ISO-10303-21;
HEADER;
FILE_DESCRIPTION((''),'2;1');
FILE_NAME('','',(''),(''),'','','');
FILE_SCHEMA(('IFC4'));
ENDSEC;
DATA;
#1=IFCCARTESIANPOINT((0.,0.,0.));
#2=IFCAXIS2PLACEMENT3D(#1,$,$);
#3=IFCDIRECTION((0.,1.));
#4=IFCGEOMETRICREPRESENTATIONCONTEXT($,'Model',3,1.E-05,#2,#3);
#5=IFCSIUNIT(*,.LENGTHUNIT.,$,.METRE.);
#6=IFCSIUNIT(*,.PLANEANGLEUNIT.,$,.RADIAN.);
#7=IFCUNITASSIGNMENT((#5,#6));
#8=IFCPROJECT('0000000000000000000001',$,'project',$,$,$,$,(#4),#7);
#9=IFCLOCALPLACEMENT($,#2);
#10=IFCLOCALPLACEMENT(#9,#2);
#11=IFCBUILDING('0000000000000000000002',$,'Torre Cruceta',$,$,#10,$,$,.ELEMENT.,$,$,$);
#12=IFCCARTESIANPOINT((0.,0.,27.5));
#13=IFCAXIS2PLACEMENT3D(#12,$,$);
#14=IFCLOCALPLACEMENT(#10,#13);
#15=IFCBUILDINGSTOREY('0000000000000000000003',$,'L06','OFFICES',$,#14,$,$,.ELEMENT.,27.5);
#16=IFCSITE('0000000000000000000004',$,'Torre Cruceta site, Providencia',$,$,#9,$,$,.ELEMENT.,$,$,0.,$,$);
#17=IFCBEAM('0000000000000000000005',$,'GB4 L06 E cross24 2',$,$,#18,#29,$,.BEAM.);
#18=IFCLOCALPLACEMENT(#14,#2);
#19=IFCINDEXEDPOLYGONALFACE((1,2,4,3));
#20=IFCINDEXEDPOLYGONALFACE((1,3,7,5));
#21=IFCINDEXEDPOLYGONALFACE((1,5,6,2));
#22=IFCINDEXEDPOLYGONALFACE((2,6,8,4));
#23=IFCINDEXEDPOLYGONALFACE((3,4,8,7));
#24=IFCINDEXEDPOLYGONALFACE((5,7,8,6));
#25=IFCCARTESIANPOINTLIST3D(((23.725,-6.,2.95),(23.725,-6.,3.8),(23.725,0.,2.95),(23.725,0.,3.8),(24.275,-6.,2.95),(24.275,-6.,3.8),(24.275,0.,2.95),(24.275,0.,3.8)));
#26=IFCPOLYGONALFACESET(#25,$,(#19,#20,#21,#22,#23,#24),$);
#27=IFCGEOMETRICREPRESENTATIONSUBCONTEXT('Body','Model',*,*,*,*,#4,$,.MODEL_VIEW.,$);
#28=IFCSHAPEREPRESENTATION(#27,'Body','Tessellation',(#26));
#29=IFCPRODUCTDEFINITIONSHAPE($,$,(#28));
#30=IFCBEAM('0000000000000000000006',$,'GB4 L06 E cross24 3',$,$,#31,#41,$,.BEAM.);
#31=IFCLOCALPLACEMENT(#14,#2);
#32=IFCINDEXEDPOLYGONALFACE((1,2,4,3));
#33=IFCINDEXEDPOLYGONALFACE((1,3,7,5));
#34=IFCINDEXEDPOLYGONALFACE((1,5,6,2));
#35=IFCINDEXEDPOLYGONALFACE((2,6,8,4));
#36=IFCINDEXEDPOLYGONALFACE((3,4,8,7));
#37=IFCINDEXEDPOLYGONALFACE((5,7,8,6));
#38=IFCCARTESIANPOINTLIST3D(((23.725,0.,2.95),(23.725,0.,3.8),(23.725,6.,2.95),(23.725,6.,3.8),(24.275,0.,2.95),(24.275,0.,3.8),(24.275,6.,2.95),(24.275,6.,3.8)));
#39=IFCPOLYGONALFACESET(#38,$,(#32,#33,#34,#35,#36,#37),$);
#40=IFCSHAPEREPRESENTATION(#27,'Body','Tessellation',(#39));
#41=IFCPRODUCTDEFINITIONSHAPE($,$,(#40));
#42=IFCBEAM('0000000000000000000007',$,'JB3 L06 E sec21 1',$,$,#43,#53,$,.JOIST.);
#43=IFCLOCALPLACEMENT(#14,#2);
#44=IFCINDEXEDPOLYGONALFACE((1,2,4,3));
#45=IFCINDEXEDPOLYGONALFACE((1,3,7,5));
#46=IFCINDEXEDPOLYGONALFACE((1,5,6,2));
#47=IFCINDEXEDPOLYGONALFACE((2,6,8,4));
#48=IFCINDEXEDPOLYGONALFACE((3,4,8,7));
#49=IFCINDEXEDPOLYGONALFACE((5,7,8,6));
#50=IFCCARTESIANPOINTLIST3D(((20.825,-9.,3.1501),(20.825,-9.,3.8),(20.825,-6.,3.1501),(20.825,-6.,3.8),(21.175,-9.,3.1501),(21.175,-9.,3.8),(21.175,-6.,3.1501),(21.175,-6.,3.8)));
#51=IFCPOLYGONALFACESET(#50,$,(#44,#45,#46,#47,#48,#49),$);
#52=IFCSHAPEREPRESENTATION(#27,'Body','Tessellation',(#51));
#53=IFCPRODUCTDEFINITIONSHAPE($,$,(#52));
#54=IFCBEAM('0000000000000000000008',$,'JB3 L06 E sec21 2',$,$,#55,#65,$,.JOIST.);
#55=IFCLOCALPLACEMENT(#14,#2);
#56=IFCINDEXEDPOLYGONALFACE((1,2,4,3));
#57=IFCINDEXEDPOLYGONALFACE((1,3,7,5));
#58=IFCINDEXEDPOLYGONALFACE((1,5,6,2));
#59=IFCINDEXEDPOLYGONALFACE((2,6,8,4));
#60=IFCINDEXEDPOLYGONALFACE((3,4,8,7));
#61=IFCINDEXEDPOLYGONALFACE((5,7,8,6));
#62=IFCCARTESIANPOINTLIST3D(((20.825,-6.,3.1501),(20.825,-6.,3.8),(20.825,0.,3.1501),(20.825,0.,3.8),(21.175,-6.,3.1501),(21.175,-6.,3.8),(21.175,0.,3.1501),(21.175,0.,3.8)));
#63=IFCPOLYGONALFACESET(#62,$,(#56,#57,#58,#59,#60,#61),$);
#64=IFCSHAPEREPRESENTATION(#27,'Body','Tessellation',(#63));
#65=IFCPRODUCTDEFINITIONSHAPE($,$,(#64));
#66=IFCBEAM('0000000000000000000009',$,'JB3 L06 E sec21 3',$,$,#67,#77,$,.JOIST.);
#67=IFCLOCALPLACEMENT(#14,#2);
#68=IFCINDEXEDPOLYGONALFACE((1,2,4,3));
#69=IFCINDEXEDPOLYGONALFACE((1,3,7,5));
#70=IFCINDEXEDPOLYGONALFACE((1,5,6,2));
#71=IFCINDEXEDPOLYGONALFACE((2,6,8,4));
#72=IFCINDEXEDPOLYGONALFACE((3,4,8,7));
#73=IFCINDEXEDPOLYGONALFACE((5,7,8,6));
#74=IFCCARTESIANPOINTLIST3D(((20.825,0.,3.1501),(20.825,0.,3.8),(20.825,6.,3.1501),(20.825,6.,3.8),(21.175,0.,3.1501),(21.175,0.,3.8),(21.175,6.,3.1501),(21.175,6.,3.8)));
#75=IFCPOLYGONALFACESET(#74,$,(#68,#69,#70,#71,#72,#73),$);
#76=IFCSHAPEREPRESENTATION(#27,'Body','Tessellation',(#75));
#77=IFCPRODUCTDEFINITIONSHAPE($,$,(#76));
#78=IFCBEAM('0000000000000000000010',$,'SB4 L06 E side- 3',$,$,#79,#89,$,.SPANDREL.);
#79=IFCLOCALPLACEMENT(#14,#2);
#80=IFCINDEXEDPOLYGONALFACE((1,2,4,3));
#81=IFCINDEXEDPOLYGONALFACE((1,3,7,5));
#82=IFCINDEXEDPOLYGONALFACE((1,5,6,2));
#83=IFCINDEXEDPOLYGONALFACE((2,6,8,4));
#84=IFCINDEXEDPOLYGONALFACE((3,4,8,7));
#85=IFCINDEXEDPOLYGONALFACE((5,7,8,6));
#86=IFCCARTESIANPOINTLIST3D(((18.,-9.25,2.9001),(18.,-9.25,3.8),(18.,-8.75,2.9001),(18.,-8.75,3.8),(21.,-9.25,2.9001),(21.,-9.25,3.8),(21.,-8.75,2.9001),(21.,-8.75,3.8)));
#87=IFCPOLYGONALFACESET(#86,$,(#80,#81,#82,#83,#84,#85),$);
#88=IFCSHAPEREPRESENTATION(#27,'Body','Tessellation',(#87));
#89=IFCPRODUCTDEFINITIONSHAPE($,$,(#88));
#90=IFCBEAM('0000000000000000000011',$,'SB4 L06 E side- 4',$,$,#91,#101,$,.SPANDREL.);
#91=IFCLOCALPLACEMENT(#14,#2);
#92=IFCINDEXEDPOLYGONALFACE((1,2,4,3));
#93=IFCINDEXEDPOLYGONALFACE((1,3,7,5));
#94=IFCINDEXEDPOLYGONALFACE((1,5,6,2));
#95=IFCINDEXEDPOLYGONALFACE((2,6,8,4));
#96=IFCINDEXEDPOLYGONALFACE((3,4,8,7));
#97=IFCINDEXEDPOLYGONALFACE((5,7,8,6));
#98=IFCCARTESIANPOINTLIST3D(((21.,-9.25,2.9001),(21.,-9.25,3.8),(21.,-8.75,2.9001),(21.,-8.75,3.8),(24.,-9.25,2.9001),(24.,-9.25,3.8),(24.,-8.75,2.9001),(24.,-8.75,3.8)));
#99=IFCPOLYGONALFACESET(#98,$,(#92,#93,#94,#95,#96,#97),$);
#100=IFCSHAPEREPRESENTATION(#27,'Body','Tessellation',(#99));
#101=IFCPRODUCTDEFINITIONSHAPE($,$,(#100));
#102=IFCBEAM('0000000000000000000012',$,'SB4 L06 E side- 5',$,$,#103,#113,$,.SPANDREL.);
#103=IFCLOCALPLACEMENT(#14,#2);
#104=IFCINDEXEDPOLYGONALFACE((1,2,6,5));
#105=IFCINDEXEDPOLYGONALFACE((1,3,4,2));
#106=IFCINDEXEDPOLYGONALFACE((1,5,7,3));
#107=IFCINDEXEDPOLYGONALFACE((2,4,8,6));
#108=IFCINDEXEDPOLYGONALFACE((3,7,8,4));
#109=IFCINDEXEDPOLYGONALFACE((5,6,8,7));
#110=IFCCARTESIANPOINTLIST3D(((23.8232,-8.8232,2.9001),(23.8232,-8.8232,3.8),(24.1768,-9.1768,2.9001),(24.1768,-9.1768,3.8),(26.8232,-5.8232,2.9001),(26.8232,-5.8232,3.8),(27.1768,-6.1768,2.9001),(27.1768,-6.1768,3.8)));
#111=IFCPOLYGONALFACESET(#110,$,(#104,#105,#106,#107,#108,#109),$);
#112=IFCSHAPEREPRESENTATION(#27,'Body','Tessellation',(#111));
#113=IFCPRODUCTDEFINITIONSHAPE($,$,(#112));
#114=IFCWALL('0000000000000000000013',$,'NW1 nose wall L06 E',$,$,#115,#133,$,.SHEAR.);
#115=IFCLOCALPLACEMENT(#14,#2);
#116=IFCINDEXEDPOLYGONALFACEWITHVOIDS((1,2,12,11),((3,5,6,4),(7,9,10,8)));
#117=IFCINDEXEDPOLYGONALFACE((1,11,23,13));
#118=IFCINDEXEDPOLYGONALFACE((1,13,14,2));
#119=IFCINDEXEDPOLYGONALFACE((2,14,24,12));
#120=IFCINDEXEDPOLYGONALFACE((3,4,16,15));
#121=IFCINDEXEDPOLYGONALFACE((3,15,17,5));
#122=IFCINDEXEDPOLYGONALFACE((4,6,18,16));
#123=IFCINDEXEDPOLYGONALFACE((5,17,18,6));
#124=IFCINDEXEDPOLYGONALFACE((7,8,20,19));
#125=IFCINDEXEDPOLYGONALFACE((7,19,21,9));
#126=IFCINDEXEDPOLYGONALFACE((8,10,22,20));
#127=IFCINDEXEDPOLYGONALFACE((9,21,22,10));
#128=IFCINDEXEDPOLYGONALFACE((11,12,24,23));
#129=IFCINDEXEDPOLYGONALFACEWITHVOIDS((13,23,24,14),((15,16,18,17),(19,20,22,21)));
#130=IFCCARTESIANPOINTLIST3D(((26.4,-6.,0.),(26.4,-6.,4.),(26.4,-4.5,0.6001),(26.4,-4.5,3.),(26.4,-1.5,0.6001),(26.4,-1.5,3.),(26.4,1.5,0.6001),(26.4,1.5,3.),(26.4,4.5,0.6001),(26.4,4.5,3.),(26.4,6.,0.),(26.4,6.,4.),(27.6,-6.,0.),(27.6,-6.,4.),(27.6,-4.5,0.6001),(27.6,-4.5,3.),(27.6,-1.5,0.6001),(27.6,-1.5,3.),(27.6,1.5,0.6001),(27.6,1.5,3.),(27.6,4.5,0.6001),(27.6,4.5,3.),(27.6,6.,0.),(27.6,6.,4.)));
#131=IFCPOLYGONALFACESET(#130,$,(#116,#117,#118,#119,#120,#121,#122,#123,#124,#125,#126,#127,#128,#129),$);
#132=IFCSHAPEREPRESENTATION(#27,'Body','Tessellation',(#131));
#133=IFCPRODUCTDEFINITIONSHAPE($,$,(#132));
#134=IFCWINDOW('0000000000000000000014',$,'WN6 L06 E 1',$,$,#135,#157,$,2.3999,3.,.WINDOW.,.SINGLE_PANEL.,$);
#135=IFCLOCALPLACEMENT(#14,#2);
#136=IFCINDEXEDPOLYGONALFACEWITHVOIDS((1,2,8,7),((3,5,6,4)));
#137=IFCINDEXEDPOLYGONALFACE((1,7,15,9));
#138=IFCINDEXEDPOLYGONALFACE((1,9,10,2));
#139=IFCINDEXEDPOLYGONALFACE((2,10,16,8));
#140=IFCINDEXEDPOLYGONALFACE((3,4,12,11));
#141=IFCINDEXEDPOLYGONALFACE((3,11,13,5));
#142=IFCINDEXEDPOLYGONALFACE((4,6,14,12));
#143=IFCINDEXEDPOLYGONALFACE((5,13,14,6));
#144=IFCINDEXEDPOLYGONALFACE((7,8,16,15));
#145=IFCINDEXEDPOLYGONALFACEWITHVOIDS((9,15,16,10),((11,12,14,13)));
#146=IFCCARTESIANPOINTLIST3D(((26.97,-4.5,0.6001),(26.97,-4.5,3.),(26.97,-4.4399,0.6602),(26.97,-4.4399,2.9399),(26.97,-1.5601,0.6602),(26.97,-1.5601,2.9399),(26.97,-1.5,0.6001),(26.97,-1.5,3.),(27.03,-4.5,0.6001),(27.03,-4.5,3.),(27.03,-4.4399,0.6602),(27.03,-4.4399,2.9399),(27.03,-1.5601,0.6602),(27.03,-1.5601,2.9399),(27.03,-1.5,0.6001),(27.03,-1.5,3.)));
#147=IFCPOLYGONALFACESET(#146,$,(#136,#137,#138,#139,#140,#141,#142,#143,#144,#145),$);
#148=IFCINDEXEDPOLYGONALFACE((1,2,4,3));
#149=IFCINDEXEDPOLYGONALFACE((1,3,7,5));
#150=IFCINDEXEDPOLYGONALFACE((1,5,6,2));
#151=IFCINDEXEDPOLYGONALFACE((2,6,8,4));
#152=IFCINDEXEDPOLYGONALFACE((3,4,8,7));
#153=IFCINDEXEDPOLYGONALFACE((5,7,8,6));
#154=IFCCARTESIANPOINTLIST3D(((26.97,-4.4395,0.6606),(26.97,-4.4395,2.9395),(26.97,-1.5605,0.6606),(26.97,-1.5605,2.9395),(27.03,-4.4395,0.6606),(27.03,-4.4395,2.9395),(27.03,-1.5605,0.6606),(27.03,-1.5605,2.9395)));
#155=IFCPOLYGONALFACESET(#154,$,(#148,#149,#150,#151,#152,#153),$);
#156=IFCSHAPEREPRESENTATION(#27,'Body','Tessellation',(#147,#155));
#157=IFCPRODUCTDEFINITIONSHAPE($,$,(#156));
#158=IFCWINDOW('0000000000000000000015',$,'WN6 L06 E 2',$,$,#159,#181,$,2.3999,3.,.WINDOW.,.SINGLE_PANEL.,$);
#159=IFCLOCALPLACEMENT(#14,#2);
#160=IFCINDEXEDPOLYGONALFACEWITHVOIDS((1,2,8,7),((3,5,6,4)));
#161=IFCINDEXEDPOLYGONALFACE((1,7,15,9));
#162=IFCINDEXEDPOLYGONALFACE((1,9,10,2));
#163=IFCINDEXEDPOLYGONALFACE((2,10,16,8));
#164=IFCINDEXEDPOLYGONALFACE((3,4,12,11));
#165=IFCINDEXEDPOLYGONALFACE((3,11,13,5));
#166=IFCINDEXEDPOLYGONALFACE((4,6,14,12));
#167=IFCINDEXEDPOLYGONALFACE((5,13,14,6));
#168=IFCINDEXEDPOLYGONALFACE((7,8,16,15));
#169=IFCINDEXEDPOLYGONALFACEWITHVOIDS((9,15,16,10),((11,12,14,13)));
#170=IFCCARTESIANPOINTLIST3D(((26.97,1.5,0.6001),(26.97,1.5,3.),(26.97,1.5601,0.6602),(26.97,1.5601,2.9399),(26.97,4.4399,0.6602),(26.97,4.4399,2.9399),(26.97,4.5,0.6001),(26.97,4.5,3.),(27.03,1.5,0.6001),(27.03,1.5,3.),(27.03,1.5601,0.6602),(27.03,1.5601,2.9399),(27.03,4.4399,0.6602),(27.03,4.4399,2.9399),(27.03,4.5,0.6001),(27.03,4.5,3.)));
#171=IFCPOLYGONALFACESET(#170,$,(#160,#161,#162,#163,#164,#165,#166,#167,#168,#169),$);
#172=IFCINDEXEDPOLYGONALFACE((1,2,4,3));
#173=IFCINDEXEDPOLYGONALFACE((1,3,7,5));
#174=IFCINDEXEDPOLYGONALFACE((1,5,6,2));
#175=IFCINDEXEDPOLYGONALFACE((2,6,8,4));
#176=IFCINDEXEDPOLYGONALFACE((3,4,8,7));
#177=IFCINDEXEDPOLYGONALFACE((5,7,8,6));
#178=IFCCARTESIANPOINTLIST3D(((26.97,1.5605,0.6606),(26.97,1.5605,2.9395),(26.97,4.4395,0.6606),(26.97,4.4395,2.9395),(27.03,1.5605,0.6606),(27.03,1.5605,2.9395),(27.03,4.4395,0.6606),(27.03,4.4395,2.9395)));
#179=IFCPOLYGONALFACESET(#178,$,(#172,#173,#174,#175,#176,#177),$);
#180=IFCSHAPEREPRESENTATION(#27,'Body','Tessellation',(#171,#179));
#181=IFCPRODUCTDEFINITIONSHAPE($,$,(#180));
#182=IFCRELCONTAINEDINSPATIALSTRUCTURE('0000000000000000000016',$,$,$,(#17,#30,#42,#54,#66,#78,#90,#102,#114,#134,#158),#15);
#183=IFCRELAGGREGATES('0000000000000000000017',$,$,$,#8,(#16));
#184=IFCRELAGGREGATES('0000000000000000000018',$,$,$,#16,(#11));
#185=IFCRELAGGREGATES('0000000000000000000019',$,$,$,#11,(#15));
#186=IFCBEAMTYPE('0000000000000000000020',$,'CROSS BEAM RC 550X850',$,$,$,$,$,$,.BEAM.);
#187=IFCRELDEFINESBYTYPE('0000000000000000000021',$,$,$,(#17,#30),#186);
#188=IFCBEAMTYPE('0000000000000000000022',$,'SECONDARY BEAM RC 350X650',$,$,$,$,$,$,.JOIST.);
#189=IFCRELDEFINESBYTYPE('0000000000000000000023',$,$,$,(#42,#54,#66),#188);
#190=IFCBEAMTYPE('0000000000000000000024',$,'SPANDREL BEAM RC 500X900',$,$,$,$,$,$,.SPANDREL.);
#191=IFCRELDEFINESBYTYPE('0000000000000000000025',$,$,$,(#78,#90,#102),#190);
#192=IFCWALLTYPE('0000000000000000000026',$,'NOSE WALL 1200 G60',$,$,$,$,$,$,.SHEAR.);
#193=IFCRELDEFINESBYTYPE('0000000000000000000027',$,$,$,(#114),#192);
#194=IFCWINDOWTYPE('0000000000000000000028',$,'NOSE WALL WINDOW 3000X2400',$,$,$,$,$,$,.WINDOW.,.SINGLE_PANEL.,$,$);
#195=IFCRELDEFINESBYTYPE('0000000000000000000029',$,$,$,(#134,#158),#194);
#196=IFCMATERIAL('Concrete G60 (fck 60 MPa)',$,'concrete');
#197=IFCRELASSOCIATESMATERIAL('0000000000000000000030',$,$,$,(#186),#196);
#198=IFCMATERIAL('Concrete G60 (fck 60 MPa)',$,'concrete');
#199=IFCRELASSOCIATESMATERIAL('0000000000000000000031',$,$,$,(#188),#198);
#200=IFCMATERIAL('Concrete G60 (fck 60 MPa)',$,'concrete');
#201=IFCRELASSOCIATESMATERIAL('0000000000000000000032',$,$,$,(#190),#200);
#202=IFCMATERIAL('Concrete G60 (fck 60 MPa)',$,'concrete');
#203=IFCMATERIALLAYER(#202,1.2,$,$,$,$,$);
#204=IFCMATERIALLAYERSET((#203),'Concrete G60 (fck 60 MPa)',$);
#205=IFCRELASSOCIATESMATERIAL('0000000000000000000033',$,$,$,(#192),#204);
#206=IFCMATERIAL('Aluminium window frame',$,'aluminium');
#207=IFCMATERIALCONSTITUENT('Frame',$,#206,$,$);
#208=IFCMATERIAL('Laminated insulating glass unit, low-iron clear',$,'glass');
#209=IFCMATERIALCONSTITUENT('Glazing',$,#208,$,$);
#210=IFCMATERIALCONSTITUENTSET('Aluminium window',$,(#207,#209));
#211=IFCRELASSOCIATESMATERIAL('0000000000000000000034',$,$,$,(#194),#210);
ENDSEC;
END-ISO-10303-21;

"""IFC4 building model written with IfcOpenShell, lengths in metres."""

from ifc_helpers import new_model, si_unit, direction, frame, frame_2d, origin, origin_2d, place, context, subcontext, project, spatial, rectangle, hollow_rectangle, extrude, material, layer, layer_set, constituent, constituent_set, material_profile, profile_set, type_object, element, fill, save


model = new_model("IFC4")

# Units and contexts
model_context = context("Model", 3, precision=1e-05, world=origin(), true_north=direction((0.0, 1.0)))
body_context = subcontext(model_context, "Body", "Model", "MODEL_VIEW")
ifc_project = project(units=[si_unit("LENGTHUNIT", "METRE"), si_unit("PLANEANGLEUNIT", "RADIAN")], contexts=[model_context])

# Site, building, storey
site_placement = place(None, origin())
site = spatial("IfcSite", under=ifc_project, at=site_placement, Name="Torre Cruceta site, Providencia", CompositionType="ELEMENT", RefElevation=0.0)
building_placement = place(site_placement, origin())
building = spatial("IfcBuilding", under=site, at=building_placement, Name="Torre Cruceta", CompositionType="ELEMENT")
storey_placement = place(building_placement, frame((0.0, 0.0, 27.5)))
storey = spatial("IfcBuildingStorey", under=building, at=storey_placement, Name="L06", Description="OFFICES", CompositionType="ELEMENT", Elevation=27.5)

# Beams
ifc_material_1 = material(Name="Concrete G60 (fck 60 MPa)", Category="concrete")
ifc_material_profile_1 = material_profile(ifc_material_1, rectangle(XDim=0.55, YDim=0.8501, at=origin_2d()), Name="RC 550X850")
ifc_profile_set_1 = profile_set([ifc_material_profile_1], Name="Concrete G60 (fck 60 MPa)")
beam_type_1 = type_object("IfcBeamType", Name="CROSS BEAM RC 550X850", PredefinedType="BEAM", material=ifc_profile_set_1)
for number, where, z_axis, x_axis, name in (
    (1, (24.0, -6.0, 3.375), (0.0, 1.0, 0.0), (-1.0, 0.0, 0.0), "GB4 L06 E cross24 2"),
    (2, (24.0, 0.0, 3.375), (0.0, 1.0, 0.0), (-1.0, 0.0, 0.0), "GB4 L06 E cross24 3"),
):
    element("IfcBeam", number, at=place(storey_placement, frame(where, z_axis=z_axis, x_axis=x_axis)), inside=storey, type_object=beam_type_1, Name=name, PredefinedType="BEAM", context=body_context, shape_type="SweptSolid", body=[
        extrude(rectangle(XDim=0.55, YDim=0.8501, at=origin_2d()), origin(), (0.0, 0.0, 1.0), 6.0),
    ])
ifc_material_2 = material(Name="Concrete G60 (fck 60 MPa)", Category="concrete")
ifc_material_profile_2 = material_profile(ifc_material_2, rectangle(XDim=0.3501, YDim=0.6499, at=origin_2d()), Name="RC 350X650")
ifc_profile_set_2 = profile_set([ifc_material_profile_2], Name="Concrete G60 (fck 60 MPa)")
beam_type_2 = type_object("IfcBeamType", Name="SECONDARY BEAM RC 350X650", PredefinedType="JOIST", material=ifc_profile_set_2)
beam_1_placement = place(storey_placement, frame((21.0, -9.0, 3.4751), z_axis=(0.0, 1.0, 0.0), x_axis=(-1.0, 0.0, 0.0)))
element("IfcBeam", 3, at=beam_1_placement, inside=storey, type_object=beam_type_2, Name="JB3 L06 E sec21 1", PredefinedType="JOIST", context=body_context, shape_type="SweptSolid", body=[
    extrude(rectangle(XDim=0.3501, YDim=0.6499, at=origin_2d()), origin(), (0.0, 0.0, 1.0), 3.0),
])
for number, where, z_axis, x_axis, name in (
    (4, (21.0, -6.0, 3.4751), (0.0, 1.0, 0.0), (-1.0, 0.0, 0.0), "JB3 L06 E sec21 2"),
    (5, (21.0, 0.0, 3.4751), (0.0, 1.0, 0.0), (-1.0, 0.0, 0.0), "JB3 L06 E sec21 3"),
):
    element("IfcBeam", number, at=place(storey_placement, frame(where, z_axis=z_axis, x_axis=x_axis)), inside=storey, type_object=beam_type_2, Name=name, PredefinedType="JOIST", context=body_context, shape_type="SweptSolid", body=[
        extrude(rectangle(XDim=0.3501, YDim=0.6499, at=origin_2d()), origin(), (0.0, 0.0, 1.0), 6.0),
    ])
ifc_material_3 = material(Name="Concrete G60 (fck 60 MPa)", Category="concrete")
ifc_material_profile_3 = material_profile(ifc_material_3, rectangle(XDim=0.5, YDim=0.8999, at=origin_2d()), Name="RC 500X900")
ifc_profile_set_3 = profile_set([ifc_material_profile_3], Name="Concrete G60 (fck 60 MPa)")
beam_type_3 = type_object("IfcBeamType", Name="SPANDREL BEAM RC 500X900", PredefinedType="SPANDREL", material=ifc_profile_set_3)
for number, where, z_axis, x_axis, name in (
    (6, (18.0, -9.0, 3.3501), (1.0, 0.0, 0.0), (0.0, 1.0, 0.0), "SB4 L06 E side- 3"),
    (7, (21.0, -9.0, 3.3501), (1.0, 0.0, 0.0), (0.0, 1.0, 0.0), "SB4 L06 E side- 4"),
):
    element("IfcBeam", number, at=place(storey_placement, frame(where, z_axis=z_axis, x_axis=x_axis)), inside=storey, type_object=beam_type_3, Name=name, PredefinedType="SPANDREL", context=body_context, shape_type="SweptSolid", body=[
        extrude(rectangle(XDim=0.5, YDim=0.8999, at=origin_2d()), origin(), (0.0, 0.0, 1.0), 3.0),
    ])
beam_2_placement = place(storey_placement, frame((24.0, -9.0, 3.3501), z_axis=(0.707107, 0.707107, 0.0), x_axis=(-0.707107, 0.707107, 0.0)))
element("IfcBeam", 8, at=beam_2_placement, inside=storey, type_object=beam_type_3, Name="SB4 L06 E side- 5", PredefinedType="SPANDREL", context=body_context, shape_type="SweptSolid", body=[
    extrude(rectangle(XDim=0.5, YDim=0.8999, at=origin_2d()), origin(), (0.0, 0.0, 1.0), 4.2427),
])

# Wall, openings, windows
ifc_material_4 = material(Name="Concrete G60 (fck 60 MPa)", Category="concrete")
ifc_layer_1 = layer(ifc_material_4, 1.2)
ifc_layer_set_1 = layer_set([ifc_layer_1], Name="Concrete G60 (fck 60 MPa)")
wall_type_1 = type_object("IfcWallType", Name="NOSE WALL 1200 G60", PredefinedType="SHEAR", material=ifc_layer_set_1)
wall_1_placement = place(storey_placement, frame((27.0, -6.0, 0.0), z_axis=(0.0, 0.0, 1.0), x_axis=(0.0, 1.0, 0.0)))
wall_1 = element("IfcWall", 9, at=wall_1_placement, inside=storey, type_object=wall_type_1, Name="NW1 nose wall L06 E", PredefinedType="SHEAR", context=body_context, shape_type="SweptSolid", body=[
    extrude(rectangle(XDim=12.0, YDim=1.2, at=frame_2d((6.0, 0.0))), origin(), (0.0, 0.0, 1.0), 4.0),
])
opening_1_placement = place(wall_1_placement, frame((1.5, 0.0, 0.6001)))
opening_1 = element("IfcOpeningElement", 10, at=opening_1_placement, cuts=wall_1, PredefinedType="OPENING", context=body_context, shape_type="SweptSolid", body=[
    extrude(rectangle(XDim=3.0, YDim=2.3999, at=frame_2d((1.5, 1.2))), frame((0.0, 0.6099, 0.0), z_axis=(0.0, -1.0, 0.0), x_axis=(1.0, 0.0, 0.0)), (0.0, 0.0, 1.0), 1.22),
])
opening_2_placement = place(wall_1_placement, frame((7.5, 0.0, 0.6001)))
opening_2 = element("IfcOpeningElement", 11, at=opening_2_placement, cuts=wall_1, PredefinedType="OPENING", context=body_context, shape_type="SweptSolid", body=[
    extrude(rectangle(XDim=3.0, YDim=2.3999, at=frame_2d((1.5, 1.2))), frame((0.0, 0.6099, 0.0), z_axis=(0.0, -1.0, 0.0), x_axis=(1.0, 0.0, 0.0)), (0.0, 0.0, 1.0), 1.22),
])
ifc_material_5 = material(Name="Aluminium window frame", Category="aluminium")
ifc_constituent_1 = constituent(ifc_material_5, Name="Frame")
ifc_material_6 = material(Name="Laminated insulating glass unit, low-iron clear", Category="glass")
ifc_constituent_2 = constituent(ifc_material_6, Name="Glazing")
ifc_constituent_set_1 = constituent_set(constituents=[ifc_constituent_1, ifc_constituent_2], Name="Aluminium window")
window_type = type_object("IfcWindowType", Name="NOSE WALL WINDOW 3000X2400", PartitioningType="SINGLE_PANEL", PredefinedType="WINDOW", material=ifc_constituent_set_1)
window_1_placement = place(opening_1_placement, origin())
window_1 = element("IfcWindow", 12, at=window_1_placement, inside=storey, type_object=window_type, Name="WN6 L06 E 1", OverallHeight=2.3999, OverallWidth=3.0, PartitioningType="SINGLE_PANEL", PredefinedType="WINDOW", context=body_context, shape_type="SweptSolid", body=[
    extrude(hollow_rectangle(XDim=3.0, YDim=2.3999, WallThickness=0.0601, at=frame_2d((1.5, 1.2))), frame((0.0, 0.03, 0.0), z_axis=(0.0, -1.0, 0.0), x_axis=(1.0, 0.0, 0.0)), (0.0, 0.0, 1.0), 0.0601),
    extrude(rectangle(XDim=2.8789, YDim=2.2788, at=frame_2d((1.5, 1.2))), frame((0.0, 0.03, 0.0), z_axis=(0.0, -1.0, 0.0), x_axis=(1.0, 0.0, 0.0)), (0.0, 0.0, 1.0), 0.0601),
])
fill(opening_1, window_1)
window_2_placement = place(opening_2_placement, origin())
window_2 = element("IfcWindow", 13, at=window_2_placement, inside=storey, type_object=window_type, Name="WN6 L06 E 2", OverallHeight=2.3999, OverallWidth=3.0, PartitioningType="SINGLE_PANEL", PredefinedType="WINDOW", context=body_context, shape_type="SweptSolid", body=[
    extrude(hollow_rectangle(XDim=3.0, YDim=2.3999, WallThickness=0.0601, at=frame_2d((1.5, 1.2))), frame((0.0, 0.03, 0.0), z_axis=(0.0, -1.0, 0.0), x_axis=(1.0, 0.0, 0.0)), (0.0, 0.0, 1.0), 0.0601),
    extrude(rectangle(XDim=2.8789, YDim=2.2788, at=frame_2d((1.5, 1.2))), frame((0.0, 0.03, 0.0), z_axis=(0.0, -1.0, 0.0), x_axis=(1.0, 0.0, 0.0)), (0.0, 0.0, 1.0), 0.0601),
])
fill(opening_2, window_2)

save(model, "model.ifc")
